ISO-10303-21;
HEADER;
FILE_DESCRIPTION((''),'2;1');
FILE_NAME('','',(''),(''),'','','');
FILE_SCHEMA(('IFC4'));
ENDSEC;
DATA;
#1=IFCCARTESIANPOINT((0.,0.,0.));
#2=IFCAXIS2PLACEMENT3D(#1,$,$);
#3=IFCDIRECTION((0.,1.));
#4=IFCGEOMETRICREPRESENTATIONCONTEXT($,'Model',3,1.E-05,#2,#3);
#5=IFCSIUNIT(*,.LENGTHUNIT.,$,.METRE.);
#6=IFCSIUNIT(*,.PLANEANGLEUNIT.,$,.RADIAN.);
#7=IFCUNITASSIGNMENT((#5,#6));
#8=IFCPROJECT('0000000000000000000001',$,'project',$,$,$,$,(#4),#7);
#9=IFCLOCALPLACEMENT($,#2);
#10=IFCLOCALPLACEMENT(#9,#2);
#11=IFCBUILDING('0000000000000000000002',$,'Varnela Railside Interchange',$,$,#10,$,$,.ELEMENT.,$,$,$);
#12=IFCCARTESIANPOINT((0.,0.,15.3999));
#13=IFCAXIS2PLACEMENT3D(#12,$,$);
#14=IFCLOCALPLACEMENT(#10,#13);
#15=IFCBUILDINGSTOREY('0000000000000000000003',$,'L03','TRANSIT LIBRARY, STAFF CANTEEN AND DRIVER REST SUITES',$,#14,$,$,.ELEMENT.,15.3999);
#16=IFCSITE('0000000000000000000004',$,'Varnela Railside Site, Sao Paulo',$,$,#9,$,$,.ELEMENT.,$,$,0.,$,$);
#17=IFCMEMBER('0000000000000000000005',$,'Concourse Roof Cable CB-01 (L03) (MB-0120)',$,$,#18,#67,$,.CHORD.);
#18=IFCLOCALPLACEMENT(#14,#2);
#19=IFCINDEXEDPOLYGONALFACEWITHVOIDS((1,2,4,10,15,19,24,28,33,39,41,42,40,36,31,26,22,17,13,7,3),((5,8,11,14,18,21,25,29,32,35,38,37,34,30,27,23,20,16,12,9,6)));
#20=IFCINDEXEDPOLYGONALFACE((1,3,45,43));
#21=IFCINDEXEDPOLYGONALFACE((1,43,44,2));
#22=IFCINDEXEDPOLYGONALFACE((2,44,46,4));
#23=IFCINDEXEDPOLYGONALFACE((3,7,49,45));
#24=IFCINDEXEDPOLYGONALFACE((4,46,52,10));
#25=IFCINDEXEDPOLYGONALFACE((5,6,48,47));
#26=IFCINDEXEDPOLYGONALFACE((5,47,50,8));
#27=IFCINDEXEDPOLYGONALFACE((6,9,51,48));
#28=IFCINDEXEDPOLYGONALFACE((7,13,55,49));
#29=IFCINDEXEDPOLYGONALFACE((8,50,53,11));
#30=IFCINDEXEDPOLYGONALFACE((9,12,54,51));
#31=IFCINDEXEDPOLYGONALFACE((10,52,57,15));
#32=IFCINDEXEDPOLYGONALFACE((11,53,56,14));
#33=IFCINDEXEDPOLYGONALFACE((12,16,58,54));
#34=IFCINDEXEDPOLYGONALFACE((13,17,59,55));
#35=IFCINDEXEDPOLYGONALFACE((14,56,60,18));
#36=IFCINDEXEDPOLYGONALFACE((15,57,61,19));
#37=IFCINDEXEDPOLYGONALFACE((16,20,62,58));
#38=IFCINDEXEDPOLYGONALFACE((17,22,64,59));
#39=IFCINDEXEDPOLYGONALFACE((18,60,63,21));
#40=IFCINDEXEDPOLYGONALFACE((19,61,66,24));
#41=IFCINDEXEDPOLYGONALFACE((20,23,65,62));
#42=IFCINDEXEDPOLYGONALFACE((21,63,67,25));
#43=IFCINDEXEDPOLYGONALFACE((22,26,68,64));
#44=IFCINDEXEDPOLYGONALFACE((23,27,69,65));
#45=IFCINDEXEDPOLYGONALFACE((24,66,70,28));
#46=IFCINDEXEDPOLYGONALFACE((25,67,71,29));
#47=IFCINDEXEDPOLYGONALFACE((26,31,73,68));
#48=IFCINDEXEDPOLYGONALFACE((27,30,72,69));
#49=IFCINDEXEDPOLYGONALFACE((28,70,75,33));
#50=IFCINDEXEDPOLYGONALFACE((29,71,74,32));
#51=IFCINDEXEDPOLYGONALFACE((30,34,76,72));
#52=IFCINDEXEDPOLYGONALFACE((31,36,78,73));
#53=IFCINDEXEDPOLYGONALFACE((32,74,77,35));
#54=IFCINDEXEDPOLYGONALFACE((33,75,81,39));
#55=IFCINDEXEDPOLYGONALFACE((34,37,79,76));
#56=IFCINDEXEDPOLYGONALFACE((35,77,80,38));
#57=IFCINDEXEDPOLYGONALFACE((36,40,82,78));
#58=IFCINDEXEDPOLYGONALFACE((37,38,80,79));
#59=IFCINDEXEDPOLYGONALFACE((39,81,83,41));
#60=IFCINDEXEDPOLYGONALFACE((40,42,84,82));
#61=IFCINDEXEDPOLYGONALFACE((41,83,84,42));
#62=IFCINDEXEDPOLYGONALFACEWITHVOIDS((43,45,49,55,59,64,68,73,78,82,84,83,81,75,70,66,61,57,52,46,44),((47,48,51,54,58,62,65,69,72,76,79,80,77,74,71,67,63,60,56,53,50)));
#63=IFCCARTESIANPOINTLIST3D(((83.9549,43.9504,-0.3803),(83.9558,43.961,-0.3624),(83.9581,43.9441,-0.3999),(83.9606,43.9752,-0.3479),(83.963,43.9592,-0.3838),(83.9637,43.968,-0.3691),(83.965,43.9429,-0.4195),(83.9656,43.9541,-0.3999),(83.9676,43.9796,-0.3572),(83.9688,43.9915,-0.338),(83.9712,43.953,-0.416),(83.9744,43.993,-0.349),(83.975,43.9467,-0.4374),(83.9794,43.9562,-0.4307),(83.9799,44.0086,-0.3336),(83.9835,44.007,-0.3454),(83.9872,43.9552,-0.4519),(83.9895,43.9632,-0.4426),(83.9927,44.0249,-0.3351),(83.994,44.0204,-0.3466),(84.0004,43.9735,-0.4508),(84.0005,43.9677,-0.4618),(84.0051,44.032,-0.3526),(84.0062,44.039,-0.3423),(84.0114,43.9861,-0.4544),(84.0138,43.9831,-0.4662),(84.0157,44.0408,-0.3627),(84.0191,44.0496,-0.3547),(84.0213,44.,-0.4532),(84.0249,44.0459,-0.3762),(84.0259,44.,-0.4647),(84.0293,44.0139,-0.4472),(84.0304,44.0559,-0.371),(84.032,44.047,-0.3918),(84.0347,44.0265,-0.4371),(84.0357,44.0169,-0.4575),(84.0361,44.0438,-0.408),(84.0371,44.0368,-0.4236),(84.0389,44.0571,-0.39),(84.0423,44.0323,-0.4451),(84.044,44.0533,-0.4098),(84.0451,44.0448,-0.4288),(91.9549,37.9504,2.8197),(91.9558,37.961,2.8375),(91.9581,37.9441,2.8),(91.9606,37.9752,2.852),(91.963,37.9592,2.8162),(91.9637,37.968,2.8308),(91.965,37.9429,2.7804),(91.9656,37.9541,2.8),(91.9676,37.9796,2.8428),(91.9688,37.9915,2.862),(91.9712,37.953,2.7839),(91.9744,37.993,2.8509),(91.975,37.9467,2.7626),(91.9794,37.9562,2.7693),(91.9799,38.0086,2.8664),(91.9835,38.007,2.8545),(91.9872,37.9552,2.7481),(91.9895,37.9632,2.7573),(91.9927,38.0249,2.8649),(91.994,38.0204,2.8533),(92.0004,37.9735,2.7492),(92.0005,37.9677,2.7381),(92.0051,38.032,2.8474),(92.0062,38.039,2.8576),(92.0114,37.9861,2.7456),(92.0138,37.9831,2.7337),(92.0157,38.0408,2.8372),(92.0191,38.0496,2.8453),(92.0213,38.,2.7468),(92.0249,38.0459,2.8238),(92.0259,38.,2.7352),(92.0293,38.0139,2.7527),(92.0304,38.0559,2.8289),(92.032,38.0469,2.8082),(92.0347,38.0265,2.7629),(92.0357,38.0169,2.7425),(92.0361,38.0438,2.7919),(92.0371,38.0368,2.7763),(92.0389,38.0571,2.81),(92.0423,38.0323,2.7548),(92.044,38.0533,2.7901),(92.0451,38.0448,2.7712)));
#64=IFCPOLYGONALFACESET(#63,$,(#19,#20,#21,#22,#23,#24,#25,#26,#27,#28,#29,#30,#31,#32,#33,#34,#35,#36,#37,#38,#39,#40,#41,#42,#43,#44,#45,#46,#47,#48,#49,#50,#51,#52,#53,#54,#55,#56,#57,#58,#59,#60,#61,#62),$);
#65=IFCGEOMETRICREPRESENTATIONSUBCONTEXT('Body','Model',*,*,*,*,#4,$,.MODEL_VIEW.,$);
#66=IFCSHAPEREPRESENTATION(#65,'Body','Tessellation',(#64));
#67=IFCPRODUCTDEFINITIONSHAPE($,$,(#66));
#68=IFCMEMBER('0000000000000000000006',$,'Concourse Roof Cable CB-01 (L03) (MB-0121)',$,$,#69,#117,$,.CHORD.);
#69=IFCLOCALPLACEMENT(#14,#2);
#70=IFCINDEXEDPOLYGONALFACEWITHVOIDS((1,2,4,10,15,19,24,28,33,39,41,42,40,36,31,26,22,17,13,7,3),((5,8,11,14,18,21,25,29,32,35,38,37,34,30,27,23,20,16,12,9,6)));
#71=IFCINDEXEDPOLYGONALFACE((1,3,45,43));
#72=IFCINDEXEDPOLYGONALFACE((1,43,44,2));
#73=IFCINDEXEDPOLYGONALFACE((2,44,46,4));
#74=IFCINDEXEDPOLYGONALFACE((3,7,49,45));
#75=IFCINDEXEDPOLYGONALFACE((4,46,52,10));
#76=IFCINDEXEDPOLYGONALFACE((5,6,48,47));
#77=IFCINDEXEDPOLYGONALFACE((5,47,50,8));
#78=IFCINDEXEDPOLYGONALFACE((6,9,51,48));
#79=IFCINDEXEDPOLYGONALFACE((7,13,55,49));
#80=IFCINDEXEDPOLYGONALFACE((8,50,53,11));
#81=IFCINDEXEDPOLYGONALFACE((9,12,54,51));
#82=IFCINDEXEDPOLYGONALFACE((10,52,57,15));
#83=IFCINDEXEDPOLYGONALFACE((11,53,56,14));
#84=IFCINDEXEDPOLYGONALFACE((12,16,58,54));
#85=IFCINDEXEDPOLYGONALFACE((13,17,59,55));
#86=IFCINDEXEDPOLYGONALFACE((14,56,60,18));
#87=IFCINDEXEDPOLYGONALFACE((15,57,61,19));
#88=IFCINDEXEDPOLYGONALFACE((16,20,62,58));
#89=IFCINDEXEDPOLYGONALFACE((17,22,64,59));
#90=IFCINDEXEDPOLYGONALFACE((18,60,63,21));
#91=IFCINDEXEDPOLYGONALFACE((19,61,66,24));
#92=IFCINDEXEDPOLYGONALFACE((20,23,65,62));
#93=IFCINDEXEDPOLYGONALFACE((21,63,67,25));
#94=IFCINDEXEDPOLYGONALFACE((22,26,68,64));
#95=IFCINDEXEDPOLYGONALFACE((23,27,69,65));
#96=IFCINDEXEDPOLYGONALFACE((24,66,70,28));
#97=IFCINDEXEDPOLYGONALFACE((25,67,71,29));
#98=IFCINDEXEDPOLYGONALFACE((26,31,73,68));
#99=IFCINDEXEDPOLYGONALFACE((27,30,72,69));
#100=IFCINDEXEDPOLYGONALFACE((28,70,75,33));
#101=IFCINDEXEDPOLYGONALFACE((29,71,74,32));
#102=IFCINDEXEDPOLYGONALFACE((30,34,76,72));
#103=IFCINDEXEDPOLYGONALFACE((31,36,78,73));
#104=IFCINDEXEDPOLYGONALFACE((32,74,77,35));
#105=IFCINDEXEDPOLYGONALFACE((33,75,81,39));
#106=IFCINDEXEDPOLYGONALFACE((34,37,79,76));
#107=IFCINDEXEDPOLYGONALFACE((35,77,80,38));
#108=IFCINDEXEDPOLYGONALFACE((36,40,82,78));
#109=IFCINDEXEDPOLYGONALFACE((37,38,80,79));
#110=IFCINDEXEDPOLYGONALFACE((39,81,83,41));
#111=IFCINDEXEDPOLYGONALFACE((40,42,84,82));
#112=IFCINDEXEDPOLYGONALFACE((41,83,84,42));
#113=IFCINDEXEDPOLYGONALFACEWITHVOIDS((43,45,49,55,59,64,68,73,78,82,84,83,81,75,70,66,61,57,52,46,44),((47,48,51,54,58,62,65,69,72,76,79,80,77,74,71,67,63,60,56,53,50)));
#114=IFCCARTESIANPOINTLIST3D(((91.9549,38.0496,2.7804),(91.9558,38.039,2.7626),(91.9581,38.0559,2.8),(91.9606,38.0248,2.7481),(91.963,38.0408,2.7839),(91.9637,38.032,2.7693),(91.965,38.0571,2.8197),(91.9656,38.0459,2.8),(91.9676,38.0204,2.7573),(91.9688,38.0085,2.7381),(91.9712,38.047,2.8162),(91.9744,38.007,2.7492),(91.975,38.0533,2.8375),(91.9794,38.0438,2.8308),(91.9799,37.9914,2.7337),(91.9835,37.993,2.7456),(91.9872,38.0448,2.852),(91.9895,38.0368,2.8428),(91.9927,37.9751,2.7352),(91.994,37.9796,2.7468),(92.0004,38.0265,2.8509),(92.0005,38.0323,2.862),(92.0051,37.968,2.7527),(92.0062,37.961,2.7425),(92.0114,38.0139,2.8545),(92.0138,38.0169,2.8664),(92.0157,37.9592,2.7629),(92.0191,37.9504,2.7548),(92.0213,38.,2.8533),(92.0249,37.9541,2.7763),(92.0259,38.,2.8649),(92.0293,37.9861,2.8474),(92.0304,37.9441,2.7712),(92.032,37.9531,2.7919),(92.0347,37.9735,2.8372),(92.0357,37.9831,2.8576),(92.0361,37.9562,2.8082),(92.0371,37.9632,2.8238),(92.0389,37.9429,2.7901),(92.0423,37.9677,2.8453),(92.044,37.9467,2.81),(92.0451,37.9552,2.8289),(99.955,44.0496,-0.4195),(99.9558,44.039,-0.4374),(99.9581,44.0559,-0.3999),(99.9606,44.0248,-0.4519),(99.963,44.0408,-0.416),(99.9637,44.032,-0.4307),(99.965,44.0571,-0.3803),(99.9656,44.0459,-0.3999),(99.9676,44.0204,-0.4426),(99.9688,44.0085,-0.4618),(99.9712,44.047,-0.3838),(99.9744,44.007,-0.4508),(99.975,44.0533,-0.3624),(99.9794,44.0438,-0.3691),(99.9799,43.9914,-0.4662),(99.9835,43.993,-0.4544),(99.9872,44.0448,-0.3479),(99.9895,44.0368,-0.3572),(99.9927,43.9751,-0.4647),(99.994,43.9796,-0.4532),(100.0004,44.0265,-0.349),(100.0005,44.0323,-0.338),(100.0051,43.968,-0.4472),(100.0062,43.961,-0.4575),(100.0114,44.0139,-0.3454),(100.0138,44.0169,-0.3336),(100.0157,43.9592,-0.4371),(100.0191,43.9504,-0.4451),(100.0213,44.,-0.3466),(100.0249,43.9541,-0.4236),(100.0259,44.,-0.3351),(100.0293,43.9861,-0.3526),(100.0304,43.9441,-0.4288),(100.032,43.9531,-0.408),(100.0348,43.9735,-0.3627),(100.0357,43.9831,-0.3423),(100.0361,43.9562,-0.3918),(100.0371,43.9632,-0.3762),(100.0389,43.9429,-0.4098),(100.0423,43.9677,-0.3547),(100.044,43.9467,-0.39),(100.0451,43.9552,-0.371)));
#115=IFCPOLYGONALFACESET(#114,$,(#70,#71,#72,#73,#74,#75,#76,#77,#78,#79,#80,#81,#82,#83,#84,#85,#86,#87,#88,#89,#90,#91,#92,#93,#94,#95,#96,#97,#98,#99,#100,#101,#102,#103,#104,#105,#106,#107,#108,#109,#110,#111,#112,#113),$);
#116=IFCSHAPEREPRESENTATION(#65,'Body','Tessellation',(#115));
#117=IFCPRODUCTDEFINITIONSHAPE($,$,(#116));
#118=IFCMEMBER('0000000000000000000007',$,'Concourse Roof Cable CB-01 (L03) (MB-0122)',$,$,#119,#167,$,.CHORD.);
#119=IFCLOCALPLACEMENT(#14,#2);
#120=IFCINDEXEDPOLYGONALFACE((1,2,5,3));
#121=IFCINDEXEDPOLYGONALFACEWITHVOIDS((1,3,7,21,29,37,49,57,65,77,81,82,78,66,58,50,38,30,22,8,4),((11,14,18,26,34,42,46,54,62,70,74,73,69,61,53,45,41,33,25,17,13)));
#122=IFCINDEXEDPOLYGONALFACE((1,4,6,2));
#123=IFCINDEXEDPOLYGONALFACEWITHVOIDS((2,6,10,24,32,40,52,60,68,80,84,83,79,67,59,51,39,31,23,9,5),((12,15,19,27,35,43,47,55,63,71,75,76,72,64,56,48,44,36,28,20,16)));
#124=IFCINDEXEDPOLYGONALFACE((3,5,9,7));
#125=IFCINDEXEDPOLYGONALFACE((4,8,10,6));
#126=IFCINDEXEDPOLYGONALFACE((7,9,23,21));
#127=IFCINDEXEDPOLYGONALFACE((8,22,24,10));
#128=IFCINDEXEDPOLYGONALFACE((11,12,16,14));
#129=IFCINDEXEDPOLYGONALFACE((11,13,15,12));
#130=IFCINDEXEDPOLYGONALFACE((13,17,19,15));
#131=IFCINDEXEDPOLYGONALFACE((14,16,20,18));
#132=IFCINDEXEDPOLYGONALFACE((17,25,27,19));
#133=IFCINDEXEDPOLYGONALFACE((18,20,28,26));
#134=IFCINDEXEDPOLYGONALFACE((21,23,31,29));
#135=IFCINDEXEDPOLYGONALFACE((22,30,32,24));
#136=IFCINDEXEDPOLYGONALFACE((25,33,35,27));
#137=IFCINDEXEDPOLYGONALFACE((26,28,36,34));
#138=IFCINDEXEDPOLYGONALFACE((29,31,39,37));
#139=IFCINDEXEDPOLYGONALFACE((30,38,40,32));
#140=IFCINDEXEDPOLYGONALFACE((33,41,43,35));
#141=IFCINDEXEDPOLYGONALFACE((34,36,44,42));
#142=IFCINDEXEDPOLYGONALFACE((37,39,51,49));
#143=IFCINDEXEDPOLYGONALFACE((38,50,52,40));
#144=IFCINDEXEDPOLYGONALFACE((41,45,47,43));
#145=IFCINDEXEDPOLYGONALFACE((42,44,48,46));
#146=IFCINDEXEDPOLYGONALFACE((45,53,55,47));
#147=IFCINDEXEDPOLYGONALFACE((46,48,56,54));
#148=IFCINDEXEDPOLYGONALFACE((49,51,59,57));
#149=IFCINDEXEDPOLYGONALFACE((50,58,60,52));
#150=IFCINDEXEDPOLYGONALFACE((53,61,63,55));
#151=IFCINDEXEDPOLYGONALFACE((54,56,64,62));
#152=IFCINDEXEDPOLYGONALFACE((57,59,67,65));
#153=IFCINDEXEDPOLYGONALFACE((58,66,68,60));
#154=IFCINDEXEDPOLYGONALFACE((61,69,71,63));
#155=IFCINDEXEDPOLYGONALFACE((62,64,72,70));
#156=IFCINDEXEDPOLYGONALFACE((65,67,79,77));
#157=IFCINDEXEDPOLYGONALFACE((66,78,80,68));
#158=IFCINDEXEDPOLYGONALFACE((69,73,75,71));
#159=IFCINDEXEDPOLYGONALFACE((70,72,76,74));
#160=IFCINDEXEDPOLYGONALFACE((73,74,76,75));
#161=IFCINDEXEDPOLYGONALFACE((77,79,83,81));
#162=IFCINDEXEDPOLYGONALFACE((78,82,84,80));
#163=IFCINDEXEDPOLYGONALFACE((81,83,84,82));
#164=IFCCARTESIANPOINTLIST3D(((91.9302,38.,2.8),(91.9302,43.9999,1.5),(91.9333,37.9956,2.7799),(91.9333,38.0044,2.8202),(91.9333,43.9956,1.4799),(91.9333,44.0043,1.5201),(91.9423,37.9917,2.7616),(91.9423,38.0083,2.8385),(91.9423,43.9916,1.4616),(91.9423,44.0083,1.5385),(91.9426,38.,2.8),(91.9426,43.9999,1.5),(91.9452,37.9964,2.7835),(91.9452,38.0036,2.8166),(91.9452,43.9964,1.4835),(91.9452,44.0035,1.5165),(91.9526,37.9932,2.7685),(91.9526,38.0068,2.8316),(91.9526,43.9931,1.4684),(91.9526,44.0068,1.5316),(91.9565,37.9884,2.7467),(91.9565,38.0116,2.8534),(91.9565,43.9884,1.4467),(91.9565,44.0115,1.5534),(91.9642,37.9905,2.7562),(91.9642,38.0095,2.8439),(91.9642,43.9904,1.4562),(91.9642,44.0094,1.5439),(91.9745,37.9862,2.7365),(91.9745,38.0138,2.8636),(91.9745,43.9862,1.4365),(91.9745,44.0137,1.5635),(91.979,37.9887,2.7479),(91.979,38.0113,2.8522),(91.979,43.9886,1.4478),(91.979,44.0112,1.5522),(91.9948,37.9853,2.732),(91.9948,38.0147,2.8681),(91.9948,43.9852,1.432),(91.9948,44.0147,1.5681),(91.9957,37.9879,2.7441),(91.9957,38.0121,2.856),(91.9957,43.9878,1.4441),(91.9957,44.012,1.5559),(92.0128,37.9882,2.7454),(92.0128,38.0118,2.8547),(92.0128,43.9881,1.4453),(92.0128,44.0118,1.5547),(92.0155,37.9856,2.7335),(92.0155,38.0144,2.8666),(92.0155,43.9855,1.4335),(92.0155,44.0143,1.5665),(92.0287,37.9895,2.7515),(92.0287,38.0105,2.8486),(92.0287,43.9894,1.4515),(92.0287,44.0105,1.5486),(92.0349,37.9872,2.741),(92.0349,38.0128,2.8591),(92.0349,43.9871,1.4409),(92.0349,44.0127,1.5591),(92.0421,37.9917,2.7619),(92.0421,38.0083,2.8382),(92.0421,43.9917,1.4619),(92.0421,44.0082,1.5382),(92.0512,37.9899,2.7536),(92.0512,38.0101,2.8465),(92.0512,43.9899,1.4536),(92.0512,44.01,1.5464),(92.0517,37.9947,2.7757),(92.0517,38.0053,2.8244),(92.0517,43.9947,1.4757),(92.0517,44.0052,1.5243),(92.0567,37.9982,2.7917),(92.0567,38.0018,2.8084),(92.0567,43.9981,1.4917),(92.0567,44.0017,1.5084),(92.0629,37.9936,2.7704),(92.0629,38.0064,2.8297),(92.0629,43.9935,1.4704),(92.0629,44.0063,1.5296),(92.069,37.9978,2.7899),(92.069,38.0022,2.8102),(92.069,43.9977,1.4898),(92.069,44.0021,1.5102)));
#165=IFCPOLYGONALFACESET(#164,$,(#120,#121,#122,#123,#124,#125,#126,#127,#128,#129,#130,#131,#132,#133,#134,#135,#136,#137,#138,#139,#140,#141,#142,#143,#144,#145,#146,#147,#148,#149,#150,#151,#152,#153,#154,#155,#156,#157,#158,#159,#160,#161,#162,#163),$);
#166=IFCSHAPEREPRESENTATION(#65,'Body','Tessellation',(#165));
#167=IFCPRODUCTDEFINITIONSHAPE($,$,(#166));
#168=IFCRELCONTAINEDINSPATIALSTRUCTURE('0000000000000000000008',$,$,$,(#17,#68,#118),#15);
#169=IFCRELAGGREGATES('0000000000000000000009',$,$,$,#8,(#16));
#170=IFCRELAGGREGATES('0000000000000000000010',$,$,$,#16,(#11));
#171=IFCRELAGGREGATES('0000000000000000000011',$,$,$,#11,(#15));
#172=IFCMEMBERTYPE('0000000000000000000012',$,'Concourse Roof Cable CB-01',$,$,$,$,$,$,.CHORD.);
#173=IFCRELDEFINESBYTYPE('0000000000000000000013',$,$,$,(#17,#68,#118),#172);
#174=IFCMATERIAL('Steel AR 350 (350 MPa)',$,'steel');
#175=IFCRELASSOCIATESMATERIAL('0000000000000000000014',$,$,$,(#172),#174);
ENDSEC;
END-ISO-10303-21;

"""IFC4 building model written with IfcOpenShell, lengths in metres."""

from ifc_helpers import new_model, si_unit, direction, frame, origin, origin_2d, place, context, subcontext, project, spatial, hollow_circle, extrude, material, material_profile, profile_set, type_object, element, save


model = new_model("IFC4")

# Units and contexts
model_context = context("Model", 3, precision=1e-05, world=origin(), true_north=direction((0.0, 1.0)))
body_context = subcontext(model_context, "Body", "Model", "MODEL_VIEW")
ifc_project = project(units=[si_unit("LENGTHUNIT", "METRE"), si_unit("PLANEANGLEUNIT", "RADIAN")], contexts=[model_context])

# Site, building, storey
site_placement = place(None, origin())
site = spatial("IfcSite", under=ifc_project, at=site_placement, Name="Varnela Railside Site, Sao Paulo", CompositionType="ELEMENT", RefElevation=0.0)
building_placement = place(site_placement, origin())
building = spatial("IfcBuilding", under=site, at=building_placement, Name="Varnela Railside Interchange", CompositionType="ELEMENT")
storey_placement = place(building_placement, frame((0.0, 0.0, 15.3999)))
storey = spatial("IfcBuildingStorey", under=building, at=storey_placement, Name="L03", Description="TRANSIT LIBRARY, STAFF CANTEEN AND DRIVER REST SUITES", CompositionType="ELEMENT", Elevation=15.3999)

# Members
ifc_material_1 = material(Name="Steel AR 350 (350 MPa)", Category="steel")
ifc_material_profile_1 = material_profile(ifc_material_1, hollow_circle(Radius=0.0698, WallThickness=0.0125, at=origin_2d()), Name="CHS 139.7x12.5")
ifc_profile_set_1 = profile_set([ifc_material_profile_1], Name="Steel AR 350 (350 MPa)")
member_type_1 = type_object("IfcMemberType", Name="Concourse Roof Cable CB-01", PredefinedType="CHORD", material=ifc_profile_set_1)
for number, where, z_axis, x_axis, name in (
    (1, (92.0, 38.0, 2.8), (-0.76194, 0.571455, -0.304772), (-0.6, -0.8, 0.0), "Concourse Roof Cable CB-01 (L03) (MB-0120)"),
    (2, (92.0, 38.0, 2.8), (0.76194, 0.571455, -0.304772), (-0.6, 0.8, 0.0), "Concourse Roof Cable CB-01 (L03) (MB-0121)"),
):
    element("IfcMember", number, at=place(storey_placement, frame(where, z_axis=z_axis, x_axis=x_axis)), inside=storey, type_object=member_type_1, Name=name, PredefinedType="CHORD", context=body_context, shape_type="SweptSolid", body=[
        extrude(hollow_circle(Radius=0.0698, WallThickness=0.0125, at=origin_2d()), origin(), (0.0, 0.0, 1.0), 10.4995),
    ])
member_1_placement = place(storey_placement, frame((92.0, 38.0, 2.8), z_axis=(0.0, 0.977321, -0.211761), x_axis=(-1.0, 0.0, 0.0)))
element("IfcMember", 3, at=member_1_placement, inside=storey, type_object=member_type_1, Name="Concourse Roof Cable CB-01 (L03) (MB-0122)", PredefinedType="CHORD", context=body_context, shape_type="SweptSolid", body=[
    extrude(hollow_circle(Radius=0.0698, WallThickness=0.0125, at=origin_2d()), origin(), (0.0, 0.0, 1.0), 6.1392),
])

save(model, "model.ifc")
